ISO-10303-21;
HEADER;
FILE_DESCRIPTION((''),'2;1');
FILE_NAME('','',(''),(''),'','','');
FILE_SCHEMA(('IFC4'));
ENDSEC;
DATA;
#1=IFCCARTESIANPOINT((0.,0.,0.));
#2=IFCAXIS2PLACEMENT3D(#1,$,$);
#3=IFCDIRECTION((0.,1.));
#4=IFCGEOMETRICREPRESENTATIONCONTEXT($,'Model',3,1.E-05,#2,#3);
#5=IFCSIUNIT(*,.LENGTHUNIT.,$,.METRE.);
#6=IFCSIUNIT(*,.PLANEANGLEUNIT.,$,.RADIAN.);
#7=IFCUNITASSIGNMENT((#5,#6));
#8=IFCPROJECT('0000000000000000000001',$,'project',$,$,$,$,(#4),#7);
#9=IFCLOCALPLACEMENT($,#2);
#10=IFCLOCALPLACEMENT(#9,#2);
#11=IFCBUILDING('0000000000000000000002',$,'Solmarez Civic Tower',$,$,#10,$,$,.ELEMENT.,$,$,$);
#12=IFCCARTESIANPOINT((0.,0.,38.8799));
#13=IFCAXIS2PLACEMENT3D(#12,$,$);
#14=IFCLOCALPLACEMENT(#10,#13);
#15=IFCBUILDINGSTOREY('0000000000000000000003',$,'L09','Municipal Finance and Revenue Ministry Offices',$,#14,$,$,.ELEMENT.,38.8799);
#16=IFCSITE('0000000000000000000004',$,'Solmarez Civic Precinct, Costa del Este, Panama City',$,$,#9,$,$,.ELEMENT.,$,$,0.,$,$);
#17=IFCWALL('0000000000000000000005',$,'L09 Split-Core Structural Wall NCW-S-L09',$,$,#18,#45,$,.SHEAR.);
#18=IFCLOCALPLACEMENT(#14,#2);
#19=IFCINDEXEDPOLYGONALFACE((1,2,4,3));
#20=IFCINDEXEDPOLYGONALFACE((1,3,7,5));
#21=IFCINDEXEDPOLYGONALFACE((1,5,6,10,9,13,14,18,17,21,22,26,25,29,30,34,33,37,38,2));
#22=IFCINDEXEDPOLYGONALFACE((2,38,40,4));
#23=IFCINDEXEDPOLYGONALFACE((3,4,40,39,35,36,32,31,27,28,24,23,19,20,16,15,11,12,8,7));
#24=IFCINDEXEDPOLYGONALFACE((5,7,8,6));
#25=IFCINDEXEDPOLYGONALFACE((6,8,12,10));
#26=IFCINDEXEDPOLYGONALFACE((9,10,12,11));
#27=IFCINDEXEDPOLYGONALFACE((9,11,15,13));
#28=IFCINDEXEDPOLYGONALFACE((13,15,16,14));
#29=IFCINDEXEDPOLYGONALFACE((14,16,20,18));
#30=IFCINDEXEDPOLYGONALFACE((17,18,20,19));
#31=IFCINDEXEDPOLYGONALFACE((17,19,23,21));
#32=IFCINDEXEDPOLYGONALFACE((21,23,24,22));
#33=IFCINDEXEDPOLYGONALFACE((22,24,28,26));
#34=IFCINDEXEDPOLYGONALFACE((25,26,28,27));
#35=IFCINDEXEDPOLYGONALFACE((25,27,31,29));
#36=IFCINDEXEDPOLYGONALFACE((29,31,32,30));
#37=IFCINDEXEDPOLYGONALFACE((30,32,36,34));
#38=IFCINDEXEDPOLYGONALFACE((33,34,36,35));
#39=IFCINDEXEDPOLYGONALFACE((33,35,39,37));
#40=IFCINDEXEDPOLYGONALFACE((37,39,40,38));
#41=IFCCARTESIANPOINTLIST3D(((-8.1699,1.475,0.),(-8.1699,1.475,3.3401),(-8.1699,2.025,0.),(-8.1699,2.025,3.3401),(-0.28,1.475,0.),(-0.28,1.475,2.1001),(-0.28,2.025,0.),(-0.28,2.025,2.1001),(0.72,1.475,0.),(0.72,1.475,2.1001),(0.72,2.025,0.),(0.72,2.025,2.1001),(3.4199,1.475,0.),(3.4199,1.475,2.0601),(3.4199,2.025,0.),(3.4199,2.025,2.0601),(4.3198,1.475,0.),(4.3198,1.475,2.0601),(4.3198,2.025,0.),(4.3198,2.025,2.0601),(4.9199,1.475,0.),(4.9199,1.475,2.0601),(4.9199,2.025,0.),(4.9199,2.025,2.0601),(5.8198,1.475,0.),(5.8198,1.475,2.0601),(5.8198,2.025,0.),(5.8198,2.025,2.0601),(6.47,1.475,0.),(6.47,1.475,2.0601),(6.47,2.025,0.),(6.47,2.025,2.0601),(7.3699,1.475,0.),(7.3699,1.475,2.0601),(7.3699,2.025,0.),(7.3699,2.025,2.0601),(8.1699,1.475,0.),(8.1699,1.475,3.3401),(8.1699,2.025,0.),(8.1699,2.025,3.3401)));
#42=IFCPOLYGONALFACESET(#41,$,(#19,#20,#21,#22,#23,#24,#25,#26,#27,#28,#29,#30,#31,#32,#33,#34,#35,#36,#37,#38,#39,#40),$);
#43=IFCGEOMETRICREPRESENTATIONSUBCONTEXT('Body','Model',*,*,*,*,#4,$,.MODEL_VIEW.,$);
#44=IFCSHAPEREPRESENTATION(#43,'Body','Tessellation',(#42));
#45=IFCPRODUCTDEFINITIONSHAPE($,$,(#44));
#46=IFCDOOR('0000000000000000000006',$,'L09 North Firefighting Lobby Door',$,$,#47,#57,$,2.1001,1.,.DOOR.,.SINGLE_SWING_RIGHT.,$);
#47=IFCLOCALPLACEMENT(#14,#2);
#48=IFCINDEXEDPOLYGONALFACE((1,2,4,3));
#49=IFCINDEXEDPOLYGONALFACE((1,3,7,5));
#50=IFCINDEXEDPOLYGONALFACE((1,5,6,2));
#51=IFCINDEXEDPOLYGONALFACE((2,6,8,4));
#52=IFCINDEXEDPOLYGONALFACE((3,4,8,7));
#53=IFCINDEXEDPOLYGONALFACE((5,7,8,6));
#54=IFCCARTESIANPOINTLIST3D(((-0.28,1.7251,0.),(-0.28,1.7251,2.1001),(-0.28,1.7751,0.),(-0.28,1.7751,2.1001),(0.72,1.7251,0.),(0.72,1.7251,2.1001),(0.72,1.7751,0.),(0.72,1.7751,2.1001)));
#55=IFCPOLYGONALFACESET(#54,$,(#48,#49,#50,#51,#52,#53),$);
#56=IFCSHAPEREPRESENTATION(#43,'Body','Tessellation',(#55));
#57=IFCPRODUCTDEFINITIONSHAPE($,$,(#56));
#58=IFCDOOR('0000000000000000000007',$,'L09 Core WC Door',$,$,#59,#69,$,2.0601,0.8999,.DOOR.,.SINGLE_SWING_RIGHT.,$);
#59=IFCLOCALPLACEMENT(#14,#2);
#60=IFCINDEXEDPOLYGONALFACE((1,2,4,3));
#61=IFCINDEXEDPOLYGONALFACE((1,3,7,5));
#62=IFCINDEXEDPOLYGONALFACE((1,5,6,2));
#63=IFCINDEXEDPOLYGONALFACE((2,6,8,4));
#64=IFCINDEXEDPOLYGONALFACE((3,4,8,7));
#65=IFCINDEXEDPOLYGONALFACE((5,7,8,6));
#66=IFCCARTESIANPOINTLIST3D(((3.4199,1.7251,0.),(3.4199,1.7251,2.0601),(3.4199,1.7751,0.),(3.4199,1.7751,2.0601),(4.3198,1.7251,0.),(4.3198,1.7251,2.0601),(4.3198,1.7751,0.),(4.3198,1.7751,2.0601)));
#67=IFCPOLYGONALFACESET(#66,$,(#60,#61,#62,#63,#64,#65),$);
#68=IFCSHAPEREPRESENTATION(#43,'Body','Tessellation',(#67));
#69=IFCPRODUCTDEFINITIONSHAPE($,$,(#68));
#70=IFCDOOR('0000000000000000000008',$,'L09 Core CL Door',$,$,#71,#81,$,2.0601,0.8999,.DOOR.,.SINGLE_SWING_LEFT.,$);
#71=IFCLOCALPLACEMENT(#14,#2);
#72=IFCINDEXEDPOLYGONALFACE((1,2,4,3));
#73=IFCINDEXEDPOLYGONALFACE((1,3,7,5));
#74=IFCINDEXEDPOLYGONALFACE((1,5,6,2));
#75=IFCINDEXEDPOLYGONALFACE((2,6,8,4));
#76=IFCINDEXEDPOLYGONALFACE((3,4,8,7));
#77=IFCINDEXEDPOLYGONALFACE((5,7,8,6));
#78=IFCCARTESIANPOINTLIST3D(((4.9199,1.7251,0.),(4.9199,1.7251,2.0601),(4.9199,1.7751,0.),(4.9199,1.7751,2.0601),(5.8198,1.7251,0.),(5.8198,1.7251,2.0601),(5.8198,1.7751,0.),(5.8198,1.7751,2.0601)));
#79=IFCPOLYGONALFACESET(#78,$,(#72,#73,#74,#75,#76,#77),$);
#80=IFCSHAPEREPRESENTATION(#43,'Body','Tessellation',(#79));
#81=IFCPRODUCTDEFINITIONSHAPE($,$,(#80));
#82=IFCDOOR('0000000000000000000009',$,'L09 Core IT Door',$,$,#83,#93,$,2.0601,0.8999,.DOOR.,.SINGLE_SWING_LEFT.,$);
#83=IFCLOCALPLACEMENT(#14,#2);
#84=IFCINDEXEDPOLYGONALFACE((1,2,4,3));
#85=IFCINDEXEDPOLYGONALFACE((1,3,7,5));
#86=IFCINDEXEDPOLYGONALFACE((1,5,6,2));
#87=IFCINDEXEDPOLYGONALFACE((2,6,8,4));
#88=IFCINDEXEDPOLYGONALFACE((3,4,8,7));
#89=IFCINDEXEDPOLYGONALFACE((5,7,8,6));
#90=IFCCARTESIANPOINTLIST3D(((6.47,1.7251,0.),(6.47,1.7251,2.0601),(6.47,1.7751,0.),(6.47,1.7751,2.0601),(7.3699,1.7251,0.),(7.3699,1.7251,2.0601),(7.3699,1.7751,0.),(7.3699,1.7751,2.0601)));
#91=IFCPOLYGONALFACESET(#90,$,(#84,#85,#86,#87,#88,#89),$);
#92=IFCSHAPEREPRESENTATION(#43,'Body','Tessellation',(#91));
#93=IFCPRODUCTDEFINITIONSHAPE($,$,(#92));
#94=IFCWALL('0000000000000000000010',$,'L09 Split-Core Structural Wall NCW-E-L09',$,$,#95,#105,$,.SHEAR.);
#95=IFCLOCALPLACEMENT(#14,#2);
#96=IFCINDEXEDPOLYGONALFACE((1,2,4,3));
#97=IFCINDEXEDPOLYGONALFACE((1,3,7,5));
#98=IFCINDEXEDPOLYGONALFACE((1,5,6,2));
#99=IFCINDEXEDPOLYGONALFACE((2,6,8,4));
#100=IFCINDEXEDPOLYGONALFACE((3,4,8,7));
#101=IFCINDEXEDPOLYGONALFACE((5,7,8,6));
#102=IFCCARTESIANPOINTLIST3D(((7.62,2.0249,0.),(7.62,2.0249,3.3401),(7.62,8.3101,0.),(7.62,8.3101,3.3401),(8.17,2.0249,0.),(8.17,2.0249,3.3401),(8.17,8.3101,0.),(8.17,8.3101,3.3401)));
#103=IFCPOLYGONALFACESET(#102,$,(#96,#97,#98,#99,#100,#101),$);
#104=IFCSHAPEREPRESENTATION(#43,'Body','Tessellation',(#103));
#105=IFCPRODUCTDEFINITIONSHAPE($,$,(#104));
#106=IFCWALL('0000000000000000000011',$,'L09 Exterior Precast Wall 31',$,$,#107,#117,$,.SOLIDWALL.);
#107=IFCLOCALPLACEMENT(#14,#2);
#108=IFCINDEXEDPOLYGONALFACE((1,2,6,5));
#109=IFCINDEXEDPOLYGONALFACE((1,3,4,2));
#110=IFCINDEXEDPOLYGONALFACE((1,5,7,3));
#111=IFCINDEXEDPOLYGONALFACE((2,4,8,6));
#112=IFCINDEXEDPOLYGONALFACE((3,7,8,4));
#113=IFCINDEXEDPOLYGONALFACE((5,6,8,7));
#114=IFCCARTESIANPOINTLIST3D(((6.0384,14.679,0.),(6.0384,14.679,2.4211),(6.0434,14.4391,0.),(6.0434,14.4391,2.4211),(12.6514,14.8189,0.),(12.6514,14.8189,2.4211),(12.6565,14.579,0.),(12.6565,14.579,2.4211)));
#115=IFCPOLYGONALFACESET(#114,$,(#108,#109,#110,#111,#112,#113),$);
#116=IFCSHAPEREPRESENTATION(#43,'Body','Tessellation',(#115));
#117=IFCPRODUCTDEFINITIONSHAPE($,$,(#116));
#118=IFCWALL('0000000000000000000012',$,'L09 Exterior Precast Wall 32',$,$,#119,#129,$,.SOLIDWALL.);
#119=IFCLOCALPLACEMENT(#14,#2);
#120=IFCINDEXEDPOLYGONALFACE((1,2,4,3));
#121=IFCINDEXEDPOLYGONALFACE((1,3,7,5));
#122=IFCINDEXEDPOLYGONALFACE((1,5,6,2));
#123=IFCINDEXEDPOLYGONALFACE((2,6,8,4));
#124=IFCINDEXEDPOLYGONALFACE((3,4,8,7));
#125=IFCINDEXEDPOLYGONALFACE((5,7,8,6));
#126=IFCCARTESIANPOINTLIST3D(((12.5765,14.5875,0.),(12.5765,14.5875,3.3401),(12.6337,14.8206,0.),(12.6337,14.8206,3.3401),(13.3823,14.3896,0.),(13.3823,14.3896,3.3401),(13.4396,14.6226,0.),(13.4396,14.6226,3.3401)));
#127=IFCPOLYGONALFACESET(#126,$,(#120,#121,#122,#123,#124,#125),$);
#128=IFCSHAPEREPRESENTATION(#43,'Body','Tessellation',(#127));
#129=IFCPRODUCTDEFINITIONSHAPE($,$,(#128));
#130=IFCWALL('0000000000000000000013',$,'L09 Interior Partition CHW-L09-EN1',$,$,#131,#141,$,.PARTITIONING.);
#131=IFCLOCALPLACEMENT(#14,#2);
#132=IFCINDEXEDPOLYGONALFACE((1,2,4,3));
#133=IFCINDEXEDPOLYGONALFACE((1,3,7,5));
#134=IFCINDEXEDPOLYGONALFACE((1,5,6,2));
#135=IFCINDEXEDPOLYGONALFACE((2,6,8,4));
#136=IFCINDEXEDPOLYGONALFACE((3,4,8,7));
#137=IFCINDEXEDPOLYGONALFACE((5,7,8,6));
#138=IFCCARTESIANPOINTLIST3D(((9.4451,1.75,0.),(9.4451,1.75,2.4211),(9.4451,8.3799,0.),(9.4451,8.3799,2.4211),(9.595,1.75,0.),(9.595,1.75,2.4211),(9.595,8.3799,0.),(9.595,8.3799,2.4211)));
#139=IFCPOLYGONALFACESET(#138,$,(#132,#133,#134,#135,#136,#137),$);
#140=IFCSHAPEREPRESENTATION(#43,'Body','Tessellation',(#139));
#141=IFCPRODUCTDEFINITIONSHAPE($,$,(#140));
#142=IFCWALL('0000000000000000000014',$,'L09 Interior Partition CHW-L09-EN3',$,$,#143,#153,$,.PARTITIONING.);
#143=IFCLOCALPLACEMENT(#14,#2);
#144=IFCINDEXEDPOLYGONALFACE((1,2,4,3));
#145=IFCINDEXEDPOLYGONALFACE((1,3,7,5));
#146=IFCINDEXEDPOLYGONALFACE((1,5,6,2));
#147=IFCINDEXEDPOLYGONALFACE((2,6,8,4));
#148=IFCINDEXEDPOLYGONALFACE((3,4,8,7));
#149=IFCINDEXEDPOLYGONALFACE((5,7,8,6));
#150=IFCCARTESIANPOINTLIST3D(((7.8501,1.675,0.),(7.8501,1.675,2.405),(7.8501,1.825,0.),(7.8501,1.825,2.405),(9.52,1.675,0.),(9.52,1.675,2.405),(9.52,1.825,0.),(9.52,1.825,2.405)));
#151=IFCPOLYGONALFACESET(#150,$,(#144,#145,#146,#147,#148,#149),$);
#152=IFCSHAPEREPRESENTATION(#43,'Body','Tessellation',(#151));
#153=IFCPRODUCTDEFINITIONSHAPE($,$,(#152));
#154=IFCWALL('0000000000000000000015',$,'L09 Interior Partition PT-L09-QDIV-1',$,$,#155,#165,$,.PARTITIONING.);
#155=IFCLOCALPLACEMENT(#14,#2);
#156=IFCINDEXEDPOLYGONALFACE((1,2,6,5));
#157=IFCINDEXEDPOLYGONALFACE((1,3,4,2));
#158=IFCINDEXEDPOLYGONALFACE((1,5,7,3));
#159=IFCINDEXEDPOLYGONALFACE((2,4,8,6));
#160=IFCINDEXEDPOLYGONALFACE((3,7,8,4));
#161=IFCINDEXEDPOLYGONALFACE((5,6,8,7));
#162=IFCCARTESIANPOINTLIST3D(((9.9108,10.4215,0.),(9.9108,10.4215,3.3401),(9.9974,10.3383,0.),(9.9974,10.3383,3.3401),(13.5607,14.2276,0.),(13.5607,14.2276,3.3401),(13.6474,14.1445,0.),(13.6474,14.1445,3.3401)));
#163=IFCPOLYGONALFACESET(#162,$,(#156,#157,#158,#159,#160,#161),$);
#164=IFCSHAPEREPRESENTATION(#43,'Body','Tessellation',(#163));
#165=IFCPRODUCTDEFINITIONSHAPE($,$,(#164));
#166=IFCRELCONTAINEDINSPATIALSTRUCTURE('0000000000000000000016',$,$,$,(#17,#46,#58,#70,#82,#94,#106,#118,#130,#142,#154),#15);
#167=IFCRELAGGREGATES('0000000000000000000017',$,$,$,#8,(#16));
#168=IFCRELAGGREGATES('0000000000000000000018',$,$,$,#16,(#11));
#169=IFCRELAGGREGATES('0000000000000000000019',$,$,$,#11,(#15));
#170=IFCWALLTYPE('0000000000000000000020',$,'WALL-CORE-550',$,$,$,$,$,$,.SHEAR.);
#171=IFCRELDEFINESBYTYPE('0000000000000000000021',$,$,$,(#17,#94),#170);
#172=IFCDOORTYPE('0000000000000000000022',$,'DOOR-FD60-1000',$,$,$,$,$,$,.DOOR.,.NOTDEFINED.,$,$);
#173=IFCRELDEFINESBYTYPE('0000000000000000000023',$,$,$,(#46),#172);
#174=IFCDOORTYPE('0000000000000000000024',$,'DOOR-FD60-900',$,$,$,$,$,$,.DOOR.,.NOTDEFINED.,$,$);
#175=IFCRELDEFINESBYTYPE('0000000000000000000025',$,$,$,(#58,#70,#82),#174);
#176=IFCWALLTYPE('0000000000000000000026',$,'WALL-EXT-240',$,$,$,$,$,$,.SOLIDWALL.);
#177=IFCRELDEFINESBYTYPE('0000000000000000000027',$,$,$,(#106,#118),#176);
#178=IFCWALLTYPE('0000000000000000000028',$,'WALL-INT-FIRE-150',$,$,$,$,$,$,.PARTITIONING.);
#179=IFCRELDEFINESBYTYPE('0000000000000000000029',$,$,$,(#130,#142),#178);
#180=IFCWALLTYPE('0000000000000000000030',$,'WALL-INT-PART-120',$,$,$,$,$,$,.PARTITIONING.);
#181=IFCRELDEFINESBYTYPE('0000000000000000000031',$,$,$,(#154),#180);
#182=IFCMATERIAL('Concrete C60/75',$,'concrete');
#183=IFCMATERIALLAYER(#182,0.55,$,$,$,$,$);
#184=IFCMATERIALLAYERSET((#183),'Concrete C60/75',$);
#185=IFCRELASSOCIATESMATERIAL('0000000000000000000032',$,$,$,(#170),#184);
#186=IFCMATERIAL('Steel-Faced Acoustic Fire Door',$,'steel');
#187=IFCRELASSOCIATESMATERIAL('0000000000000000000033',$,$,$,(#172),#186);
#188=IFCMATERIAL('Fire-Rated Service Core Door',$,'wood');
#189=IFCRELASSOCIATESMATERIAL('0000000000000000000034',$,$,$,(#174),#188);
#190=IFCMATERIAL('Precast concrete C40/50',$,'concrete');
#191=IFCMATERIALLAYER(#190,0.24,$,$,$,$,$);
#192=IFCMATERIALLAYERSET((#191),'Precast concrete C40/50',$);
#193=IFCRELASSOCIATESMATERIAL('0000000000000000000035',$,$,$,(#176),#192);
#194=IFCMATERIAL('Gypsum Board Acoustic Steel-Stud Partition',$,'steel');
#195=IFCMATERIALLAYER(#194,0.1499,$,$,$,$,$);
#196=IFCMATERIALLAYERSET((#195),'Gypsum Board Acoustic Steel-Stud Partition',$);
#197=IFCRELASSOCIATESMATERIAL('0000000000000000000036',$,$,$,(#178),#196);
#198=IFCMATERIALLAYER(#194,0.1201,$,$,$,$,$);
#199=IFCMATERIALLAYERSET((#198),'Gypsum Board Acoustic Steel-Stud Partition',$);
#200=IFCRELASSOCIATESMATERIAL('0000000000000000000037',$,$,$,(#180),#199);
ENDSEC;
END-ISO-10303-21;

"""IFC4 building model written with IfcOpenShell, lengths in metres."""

from ifc_helpers import new_model, si_unit, direction, frame, frame_2d, origin, place, context, subcontext, project, spatial, rectangle, extrude, material, layer, layer_set, type_object, element, fill, save


model = new_model("IFC4")

# Units and contexts
model_context = context("Model", 3, precision=1e-05, world=origin(), true_north=direction((0.0, 1.0)))
body_context = subcontext(model_context, "Body", "Model", "MODEL_VIEW")
ifc_project = project(units=[si_unit("LENGTHUNIT", "METRE"), si_unit("PLANEANGLEUNIT", "RADIAN")], contexts=[model_context])

# Site, building, storey
site_placement = place(None, origin())
site = spatial("IfcSite", under=ifc_project, at=site_placement, Name="Solmarez Civic Precinct, Costa del Este, Panama City", CompositionType="ELEMENT", RefElevation=0.0)
building_placement = place(site_placement, origin())
building = spatial("IfcBuilding", under=site, at=building_placement, Name="Solmarez Civic Tower", CompositionType="ELEMENT")
storey_placement = place(building_placement, frame((0.0, 0.0, 38.8799)))
storey = spatial("IfcBuildingStorey", under=building, at=storey_placement, Name="L09", Description="Municipal Finance and Revenue Ministry Offices", CompositionType="ELEMENT", Elevation=38.8799)

# Shared definitions
ifc_material_1 = material(Name="Concrete C60/75", Category="concrete")

# Wall, openings, doors
ifc_layer_1 = layer(ifc_material_1, 0.55)
ifc_layer_set_1 = layer_set([ifc_layer_1], Name="Concrete C60/75")
wall_type_1 = type_object("IfcWallType", Name="WALL-CORE-550", PredefinedType="SHEAR", material=ifc_layer_set_1)
wall_1_placement = place(storey_placement, frame((8.1699, 1.75, 0.0), z_axis=(0.0, 0.0, 1.0), x_axis=(-1.0, 0.0, 0.0)))
wall_1 = element("IfcWall", 1, at=wall_1_placement, inside=storey, type_object=wall_type_1, Name="L09 Split-Core Structural Wall NCW-S-L09", PredefinedType="SHEAR", context=body_context, shape_type="SweptSolid", body=[
    extrude(rectangle(XDim=16.3398, YDim=0.55, at=frame_2d((8.1699, 0.0))), origin(), (0.0, 0.0, 1.0), 3.3401),
])
opening_1_placement = place(wall_1_placement, frame((7.45, 0.0, 0.0)))
opening_1 = element("IfcOpeningElement", 2, at=opening_1_placement, cuts=wall_1, PredefinedType="OPENING", context=body_context, shape_type="SweptSolid", body=[
    extrude(rectangle(XDim=1.0, YDim=2.1001, at=frame_2d((0.5, 1.05))), frame((0.0, 0.2849, 0.0), z_axis=(0.0, -1.0, 0.0), x_axis=(1.0, 0.0, 0.0)), (0.0, 0.0, 1.0), 0.5701),
])
opening_2_placement = place(wall_1_placement, frame((3.8501, 0.0, 0.0)))
opening_2 = element("IfcOpeningElement", 3, at=opening_2_placement, cuts=wall_1, PredefinedType="OPENING", context=body_context, shape_type="SweptSolid", body=[
    extrude(rectangle(XDim=0.8999, YDim=2.0601, at=frame_2d((0.45, 1.03))), frame((0.0, 0.2849, 0.0), z_axis=(0.0, -1.0, 0.0), x_axis=(1.0, 0.0, 0.0)), (0.0, 0.0, 1.0), 0.5701),
])
opening_3_placement = place(wall_1_placement, frame((2.3501, 0.0, 0.0)))
opening_3 = element("IfcOpeningElement", 4, at=opening_3_placement, cuts=wall_1, PredefinedType="OPENING", context=body_context, shape_type="SweptSolid", body=[
    extrude(rectangle(XDim=0.8999, YDim=2.0601, at=frame_2d((0.45, 1.03))), frame((0.0, 0.2849, 0.0), z_axis=(0.0, -1.0, 0.0), x_axis=(1.0, 0.0, 0.0)), (0.0, 0.0, 1.0), 0.5701),
])
opening_4_placement = place(wall_1_placement, frame((0.8, 0.0, 0.0)))
opening_4 = element("IfcOpeningElement", 5, at=opening_4_placement, cuts=wall_1, PredefinedType="OPENING", context=body_context, shape_type="SweptSolid", body=[
    extrude(rectangle(XDim=0.8999, YDim=2.0601, at=frame_2d((0.45, 1.03))), frame((0.0, 0.2849, 0.0), z_axis=(0.0, -1.0, 0.0), x_axis=(1.0, 0.0, 0.0)), (0.0, 0.0, 1.0), 0.5701),
])
ifc_material_2 = material(Name="Steel-Faced Acoustic Fire Door", Category="steel")
door_type_1 = type_object("IfcDoorType", Name="DOOR-FD60-1000", OperationType="NOTDEFINED", PredefinedType="DOOR", material=ifc_material_2)
door_1_placement = place(opening_1_placement, origin())
door_1 = element("IfcDoor", 6, at=door_1_placement, inside=storey, type_object=door_type_1, Name="L09 North Firefighting Lobby Door", OperationType="SINGLE_SWING_RIGHT", OverallHeight=2.1001, OverallWidth=1.0, PredefinedType="DOOR", context=body_context, shape_type="SweptSolid", body=[
    extrude(rectangle(XDim=1.0, YDim=2.1001, at=frame_2d((0.5, 1.05))), frame((0.0, 0.0249, 0.0), z_axis=(0.0, -1.0, 0.0), x_axis=(1.0, 0.0, 0.0)), (0.0, 0.0, 1.0), 0.05),
])
fill(opening_1, door_1)
ifc_material_3 = material(Name="Fire-Rated Service Core Door", Category="wood")
door_type_2 = type_object("IfcDoorType", Name="DOOR-FD60-900", OperationType="NOTDEFINED", PredefinedType="DOOR", material=ifc_material_3)
door_2_placement = place(opening_2_placement, origin())
door_2 = element("IfcDoor", 7, at=door_2_placement, inside=storey, type_object=door_type_2, Name="L09 Core WC Door", OperationType="SINGLE_SWING_RIGHT", OverallHeight=2.0601, OverallWidth=0.8999, PredefinedType="DOOR", context=body_context, shape_type="SweptSolid", body=[
    extrude(rectangle(XDim=0.8999, YDim=2.0601, at=frame_2d((0.45, 1.03))), frame((0.0, 0.0249, 0.0), z_axis=(0.0, -1.0, 0.0), x_axis=(1.0, 0.0, 0.0)), (0.0, 0.0, 1.0), 0.05),
])
fill(opening_2, door_2)
door_3_placement = place(opening_3_placement, origin())
door_3 = element("IfcDoor", 8, at=door_3_placement, inside=storey, type_object=door_type_2, Name="L09 Core CL Door", OperationType="SINGLE_SWING_LEFT", OverallHeight=2.0601, OverallWidth=0.8999, PredefinedType="DOOR", context=body_context, shape_type="SweptSolid", body=[
    extrude(rectangle(XDim=0.8999, YDim=2.0601, at=frame_2d((0.45, 1.03))), frame((0.0, 0.0249, 0.0), z_axis=(0.0, -1.0, 0.0), x_axis=(1.0, 0.0, 0.0)), (0.0, 0.0, 1.0), 0.05),
])
fill(opening_3, door_3)
door_4_placement = place(opening_4_placement, origin())
door_4 = element("IfcDoor", 9, at=door_4_placement, inside=storey, type_object=door_type_2, Name="L09 Core IT Door", OperationType="SINGLE_SWING_LEFT", OverallHeight=2.0601, OverallWidth=0.8999, PredefinedType="DOOR", context=body_context, shape_type="SweptSolid", body=[
    extrude(rectangle(XDim=0.8999, YDim=2.0601, at=frame_2d((0.45, 1.03))), frame((0.0, 0.0249, 0.0), z_axis=(0.0, -1.0, 0.0), x_axis=(1.0, 0.0, 0.0)), (0.0, 0.0, 1.0), 0.05),
])
fill(opening_4, door_4)

# Walls
wall_2_placement = place(storey_placement, frame((7.895, 8.3101, 0.0), z_axis=(0.0, 0.0, 1.0), x_axis=(0.0, -1.0, 0.0)))
element("IfcWall", 10, at=wall_2_placement, inside=storey, type_object=wall_type_1, Name="L09 Split-Core Structural Wall NCW-E-L09", PredefinedType="SHEAR", context=body_context, shape_type="SweptSolid", body=[
    extrude(rectangle(XDim=6.2852, YDim=0.55, at=frame_2d((3.1426, 0.0))), origin(), (0.0, 0.0, 1.0), 3.3401),
])
ifc_material_4 = material(Name="Precast concrete C40/50", Category="concrete")
ifc_layer_2 = layer(ifc_material_4, 0.24)
ifc_layer_set_2 = layer_set([ifc_layer_2], Name="Precast concrete C40/50")
wall_type_2 = type_object("IfcWallType", Name="WALL-EXT-240", PredefinedType="SOLIDWALL", material=ifc_layer_set_2)
wall_3_placement = place(storey_placement, frame((6.041, 14.5591, 0.0), z_axis=(0.0, 0.0, 1.0), x_axis=(0.999776, 0.021149, 0.0)))
element("IfcWall", 11, at=wall_3_placement, inside=storey, type_object=wall_type_2, Name="L09 Exterior Precast Wall 31", PredefinedType="SOLIDWALL", context=body_context, shape_type="SweptSolid", body=[
    extrude(rectangle(XDim=6.6145, YDim=0.24, at=frame_2d((3.3071, 0.0))), origin(), (0.0, 0.0, 1.0), 2.4211),
])
wall_4_placement = place(storey_placement, frame((12.605, 14.7041, 0.0), z_axis=(0.0, 0.0, 1.0), x_axis=(0.971121, -0.238588, 0.0)))
element("IfcWall", 12, at=wall_4_placement, inside=storey, type_object=wall_type_2, Name="L09 Exterior Precast Wall 32", PredefinedType="SOLIDWALL", context=body_context, shape_type="SweptSolid", body=[
    extrude(rectangle(XDim=0.8298, YDim=0.24, at=frame_2d((0.415, 0.0))), origin(), (0.0, 0.0, 1.0), 3.3401),
])
ifc_material_5 = material(Name="Gypsum Board Acoustic Steel-Stud Partition", Category="steel")
ifc_layer_3 = layer(ifc_material_5, 0.1499)
ifc_layer_set_3 = layer_set([ifc_layer_3], Name="Gypsum Board Acoustic Steel-Stud Partition")
wall_type_3 = type_object("IfcWallType", Name="WALL-INT-FIRE-150", PredefinedType="PARTITIONING", material=ifc_layer_set_3)
wall_5_placement = place(storey_placement, frame((9.52, 1.75, 0.0), z_axis=(0.0, 0.0, 1.0), x_axis=(0.0, 1.0, 0.0)))
element("IfcWall", 13, at=wall_5_placement, inside=storey, type_object=wall_type_3, Name="L09 Interior Partition CHW-L09-EN1", PredefinedType="PARTITIONING", context=body_context, shape_type="SweptSolid", body=[
    extrude(rectangle(XDim=6.6299, YDim=0.1499, at=frame_2d((3.3149, 0.0))), origin(), (0.0, 0.0, 1.0), 2.4211),
])
wall_6_placement = place(storey_placement, frame((7.8501, 1.75, 0.0), z_axis=(0.0, 0.0, 1.0), x_axis=(1.0, 0.0, 0.0)))
element("IfcWall", 14, at=wall_6_placement, inside=storey, type_object=wall_type_3, Name="L09 Interior Partition CHW-L09-EN3", PredefinedType="PARTITIONING", context=body_context, shape_type="SweptSolid", body=[
    extrude(rectangle(XDim=1.6699, YDim=0.1499, at=frame_2d((0.835, 0.0))), origin(), (0.0, 0.0, 1.0), 2.405),
])
ifc_layer_4 = layer(ifc_material_5, 0.1201)
ifc_layer_set_4 = layer_set([ifc_layer_4], Name="Gypsum Board Acoustic Steel-Stud Partition")
wall_type_4 = type_object("IfcWallType", Name="WALL-INT-PART-120", PredefinedType="PARTITIONING", material=ifc_layer_set_4)
wall_7_placement = place(storey_placement, frame((9.9541, 10.3799, 0.0), z_axis=(0.0, 0.0, 1.0), x_axis=(0.692137, 0.721767, 0.0)))
element("IfcWall", 15, at=wall_7_placement, inside=storey, type_object=wall_type_4, Name="L09 Interior Partition PT-L09-QDIV-1", PredefinedType="PARTITIONING", context=body_context, shape_type="SweptSolid", body=[
    extrude(rectangle(XDim=5.2734, YDim=0.1201, at=frame_2d((2.6367, 0.0))), origin(), (0.0, 0.0, 1.0), 3.3401),
])

save(model, "model.ifc")
